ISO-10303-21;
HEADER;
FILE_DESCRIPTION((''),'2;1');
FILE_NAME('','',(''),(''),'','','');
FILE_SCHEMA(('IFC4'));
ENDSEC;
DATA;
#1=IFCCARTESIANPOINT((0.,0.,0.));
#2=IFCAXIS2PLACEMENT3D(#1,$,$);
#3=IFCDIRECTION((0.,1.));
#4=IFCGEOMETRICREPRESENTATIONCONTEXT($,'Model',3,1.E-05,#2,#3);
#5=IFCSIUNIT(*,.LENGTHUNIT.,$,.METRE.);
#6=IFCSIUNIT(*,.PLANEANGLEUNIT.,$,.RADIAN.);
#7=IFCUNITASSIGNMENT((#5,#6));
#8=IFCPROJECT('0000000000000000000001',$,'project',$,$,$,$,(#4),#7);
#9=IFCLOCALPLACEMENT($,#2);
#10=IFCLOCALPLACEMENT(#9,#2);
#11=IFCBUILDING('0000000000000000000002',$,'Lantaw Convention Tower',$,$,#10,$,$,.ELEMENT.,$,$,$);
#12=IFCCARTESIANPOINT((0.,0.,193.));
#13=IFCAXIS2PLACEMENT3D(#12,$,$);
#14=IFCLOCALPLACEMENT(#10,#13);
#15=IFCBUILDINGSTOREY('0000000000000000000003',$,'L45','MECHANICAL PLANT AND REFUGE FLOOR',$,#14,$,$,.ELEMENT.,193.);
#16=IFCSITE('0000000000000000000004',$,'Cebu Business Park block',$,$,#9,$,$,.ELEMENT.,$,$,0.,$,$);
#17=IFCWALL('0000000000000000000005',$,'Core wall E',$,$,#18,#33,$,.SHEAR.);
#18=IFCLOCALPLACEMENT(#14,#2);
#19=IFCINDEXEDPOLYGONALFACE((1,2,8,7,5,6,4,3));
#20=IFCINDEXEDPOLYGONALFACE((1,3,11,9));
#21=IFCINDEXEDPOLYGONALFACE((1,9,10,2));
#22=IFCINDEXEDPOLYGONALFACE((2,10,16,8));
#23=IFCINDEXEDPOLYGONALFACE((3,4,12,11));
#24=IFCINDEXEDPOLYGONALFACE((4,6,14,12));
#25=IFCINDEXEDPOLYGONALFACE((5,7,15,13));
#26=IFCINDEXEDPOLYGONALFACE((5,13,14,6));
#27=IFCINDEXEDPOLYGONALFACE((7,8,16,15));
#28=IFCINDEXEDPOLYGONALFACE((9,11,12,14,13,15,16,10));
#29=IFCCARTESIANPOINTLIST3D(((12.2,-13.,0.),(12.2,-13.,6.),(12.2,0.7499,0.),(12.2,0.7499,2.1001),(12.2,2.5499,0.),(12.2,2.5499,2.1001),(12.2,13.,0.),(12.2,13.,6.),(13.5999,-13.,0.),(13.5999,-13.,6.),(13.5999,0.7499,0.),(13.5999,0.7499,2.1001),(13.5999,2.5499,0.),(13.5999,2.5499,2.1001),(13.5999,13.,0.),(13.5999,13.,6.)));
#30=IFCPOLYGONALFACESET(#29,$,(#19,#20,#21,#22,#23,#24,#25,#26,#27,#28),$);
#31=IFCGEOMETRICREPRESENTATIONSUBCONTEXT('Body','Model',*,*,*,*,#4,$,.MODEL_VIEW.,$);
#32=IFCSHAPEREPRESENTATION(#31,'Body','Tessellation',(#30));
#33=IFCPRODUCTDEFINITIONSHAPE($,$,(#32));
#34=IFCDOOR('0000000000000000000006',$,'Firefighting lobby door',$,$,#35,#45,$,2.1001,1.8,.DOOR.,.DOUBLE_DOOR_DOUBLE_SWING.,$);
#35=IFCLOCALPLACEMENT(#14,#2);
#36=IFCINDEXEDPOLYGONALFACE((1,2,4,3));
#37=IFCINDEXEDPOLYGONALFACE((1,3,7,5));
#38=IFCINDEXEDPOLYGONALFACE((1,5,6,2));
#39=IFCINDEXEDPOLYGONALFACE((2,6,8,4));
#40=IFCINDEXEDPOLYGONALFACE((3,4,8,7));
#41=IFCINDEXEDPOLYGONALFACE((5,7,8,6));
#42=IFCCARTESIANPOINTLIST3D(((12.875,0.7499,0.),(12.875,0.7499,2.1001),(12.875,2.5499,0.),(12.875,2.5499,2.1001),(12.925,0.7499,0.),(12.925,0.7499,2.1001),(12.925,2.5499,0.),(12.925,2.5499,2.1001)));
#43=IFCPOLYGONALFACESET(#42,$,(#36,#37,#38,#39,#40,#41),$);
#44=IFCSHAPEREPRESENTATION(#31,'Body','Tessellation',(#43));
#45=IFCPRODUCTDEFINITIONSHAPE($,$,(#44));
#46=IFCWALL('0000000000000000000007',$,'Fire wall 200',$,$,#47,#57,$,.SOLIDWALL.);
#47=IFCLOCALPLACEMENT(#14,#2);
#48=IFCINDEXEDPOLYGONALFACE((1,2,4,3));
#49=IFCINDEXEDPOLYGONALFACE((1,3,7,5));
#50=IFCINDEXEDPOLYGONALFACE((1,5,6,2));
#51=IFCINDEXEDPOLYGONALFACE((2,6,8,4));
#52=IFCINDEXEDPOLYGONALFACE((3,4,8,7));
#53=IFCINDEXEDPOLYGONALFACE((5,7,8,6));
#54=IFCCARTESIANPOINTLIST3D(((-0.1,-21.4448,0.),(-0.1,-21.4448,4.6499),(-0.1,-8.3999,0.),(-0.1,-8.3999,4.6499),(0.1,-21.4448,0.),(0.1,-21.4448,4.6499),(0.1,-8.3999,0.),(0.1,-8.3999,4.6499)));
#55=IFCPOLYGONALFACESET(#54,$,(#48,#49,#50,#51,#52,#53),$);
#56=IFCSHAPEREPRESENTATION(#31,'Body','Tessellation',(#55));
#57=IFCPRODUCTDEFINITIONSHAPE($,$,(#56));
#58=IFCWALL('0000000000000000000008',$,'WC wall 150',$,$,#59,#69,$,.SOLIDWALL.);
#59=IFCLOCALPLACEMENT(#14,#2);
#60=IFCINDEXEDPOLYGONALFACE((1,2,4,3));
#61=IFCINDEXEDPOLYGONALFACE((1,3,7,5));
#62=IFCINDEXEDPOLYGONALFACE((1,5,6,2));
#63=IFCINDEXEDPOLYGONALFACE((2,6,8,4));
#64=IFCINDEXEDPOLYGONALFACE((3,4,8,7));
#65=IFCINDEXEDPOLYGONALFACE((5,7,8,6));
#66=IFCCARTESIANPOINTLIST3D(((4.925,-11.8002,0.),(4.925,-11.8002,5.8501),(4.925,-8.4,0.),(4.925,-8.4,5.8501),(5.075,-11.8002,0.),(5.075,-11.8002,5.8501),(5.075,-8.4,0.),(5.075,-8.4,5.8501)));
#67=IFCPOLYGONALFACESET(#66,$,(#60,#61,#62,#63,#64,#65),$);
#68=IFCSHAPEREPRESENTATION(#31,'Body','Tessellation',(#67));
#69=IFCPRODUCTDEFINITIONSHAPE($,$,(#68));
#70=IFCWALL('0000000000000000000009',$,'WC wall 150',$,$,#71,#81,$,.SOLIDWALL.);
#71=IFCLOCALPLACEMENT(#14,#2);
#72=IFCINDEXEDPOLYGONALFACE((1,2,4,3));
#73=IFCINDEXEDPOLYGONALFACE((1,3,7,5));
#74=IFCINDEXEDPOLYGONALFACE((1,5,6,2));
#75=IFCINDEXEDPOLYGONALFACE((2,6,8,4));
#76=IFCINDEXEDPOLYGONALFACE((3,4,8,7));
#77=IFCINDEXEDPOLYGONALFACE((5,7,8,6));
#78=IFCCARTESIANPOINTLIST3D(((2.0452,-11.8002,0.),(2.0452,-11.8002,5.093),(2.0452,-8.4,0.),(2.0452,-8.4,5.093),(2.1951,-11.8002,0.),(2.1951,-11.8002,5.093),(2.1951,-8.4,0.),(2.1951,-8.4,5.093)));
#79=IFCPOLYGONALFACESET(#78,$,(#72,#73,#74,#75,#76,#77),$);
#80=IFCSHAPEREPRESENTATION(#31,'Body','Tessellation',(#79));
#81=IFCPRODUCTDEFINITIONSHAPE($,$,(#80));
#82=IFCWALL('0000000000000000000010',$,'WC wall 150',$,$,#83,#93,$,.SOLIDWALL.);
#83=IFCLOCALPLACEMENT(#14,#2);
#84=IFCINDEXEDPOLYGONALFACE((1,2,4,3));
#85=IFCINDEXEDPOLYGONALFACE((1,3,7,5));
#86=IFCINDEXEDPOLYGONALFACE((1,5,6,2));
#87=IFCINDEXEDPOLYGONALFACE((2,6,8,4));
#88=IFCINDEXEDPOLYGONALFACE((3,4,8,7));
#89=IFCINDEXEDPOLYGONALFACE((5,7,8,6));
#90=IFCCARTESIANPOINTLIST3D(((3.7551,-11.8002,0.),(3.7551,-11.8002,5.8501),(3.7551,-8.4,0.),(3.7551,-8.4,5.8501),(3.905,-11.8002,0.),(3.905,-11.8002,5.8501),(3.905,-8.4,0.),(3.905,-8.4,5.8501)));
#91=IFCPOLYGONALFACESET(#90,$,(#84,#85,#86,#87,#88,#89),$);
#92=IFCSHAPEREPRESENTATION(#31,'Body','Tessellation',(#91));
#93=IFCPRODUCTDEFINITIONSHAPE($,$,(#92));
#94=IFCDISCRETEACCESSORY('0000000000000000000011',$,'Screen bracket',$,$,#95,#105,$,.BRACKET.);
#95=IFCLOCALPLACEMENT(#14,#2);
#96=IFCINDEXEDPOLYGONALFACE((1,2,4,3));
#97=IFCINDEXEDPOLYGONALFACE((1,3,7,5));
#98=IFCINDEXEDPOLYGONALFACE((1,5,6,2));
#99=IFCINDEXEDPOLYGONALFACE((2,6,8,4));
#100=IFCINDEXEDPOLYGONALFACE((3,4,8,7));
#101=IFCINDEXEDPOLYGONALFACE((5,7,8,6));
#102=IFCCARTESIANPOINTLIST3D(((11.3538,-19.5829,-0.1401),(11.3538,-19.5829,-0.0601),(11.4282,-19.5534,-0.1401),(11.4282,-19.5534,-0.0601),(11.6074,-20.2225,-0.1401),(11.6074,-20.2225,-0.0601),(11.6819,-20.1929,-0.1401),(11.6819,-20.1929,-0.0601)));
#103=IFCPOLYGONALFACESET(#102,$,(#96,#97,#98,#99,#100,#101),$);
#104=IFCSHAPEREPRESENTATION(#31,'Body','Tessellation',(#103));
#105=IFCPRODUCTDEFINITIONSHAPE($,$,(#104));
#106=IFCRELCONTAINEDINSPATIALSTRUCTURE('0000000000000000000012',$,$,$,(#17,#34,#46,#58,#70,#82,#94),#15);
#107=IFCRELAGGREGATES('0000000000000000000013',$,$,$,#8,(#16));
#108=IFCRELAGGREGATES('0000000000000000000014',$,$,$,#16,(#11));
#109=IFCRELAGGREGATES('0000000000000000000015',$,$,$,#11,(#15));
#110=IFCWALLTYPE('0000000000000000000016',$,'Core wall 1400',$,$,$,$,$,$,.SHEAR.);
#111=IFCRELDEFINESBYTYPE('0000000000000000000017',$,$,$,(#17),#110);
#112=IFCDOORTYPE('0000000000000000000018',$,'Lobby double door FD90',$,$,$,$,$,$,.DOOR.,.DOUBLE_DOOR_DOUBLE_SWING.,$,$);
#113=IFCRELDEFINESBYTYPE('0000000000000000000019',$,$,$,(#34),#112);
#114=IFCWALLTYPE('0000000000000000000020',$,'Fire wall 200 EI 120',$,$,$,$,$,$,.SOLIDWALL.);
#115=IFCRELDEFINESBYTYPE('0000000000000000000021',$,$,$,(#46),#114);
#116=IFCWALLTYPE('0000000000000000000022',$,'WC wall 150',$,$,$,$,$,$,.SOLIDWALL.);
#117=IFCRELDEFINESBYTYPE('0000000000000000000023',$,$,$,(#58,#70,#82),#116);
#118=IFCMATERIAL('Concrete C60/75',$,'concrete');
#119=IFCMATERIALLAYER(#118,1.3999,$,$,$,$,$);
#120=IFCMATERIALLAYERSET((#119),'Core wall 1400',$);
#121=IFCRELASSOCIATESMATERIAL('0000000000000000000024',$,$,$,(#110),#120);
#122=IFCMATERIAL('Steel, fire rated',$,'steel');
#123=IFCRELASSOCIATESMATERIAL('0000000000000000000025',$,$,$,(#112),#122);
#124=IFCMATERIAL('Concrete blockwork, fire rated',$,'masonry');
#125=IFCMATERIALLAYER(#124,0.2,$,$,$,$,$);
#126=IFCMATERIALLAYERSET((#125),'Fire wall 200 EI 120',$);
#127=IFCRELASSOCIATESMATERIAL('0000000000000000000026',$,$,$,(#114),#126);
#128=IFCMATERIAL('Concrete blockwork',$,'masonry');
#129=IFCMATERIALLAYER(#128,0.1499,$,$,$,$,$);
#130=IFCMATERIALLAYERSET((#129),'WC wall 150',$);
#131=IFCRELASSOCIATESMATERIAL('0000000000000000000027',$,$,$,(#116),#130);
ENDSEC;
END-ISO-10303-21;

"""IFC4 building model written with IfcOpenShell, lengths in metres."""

from ifc_helpers import new_model, si_unit, direction, frame, frame_2d, origin, origin_2d, place, context, subcontext, project, spatial, rectangle, extrude, material, layer, layer_set, type_object, element, fill, save


model = new_model("IFC4")

# Units and contexts
model_context = context("Model", 3, precision=1e-05, world=origin(), true_north=direction((0.0, 1.0)))
body_context = subcontext(model_context, "Body", "Model", "MODEL_VIEW")
ifc_project = project(units=[si_unit("LENGTHUNIT", "METRE"), si_unit("PLANEANGLEUNIT", "RADIAN")], contexts=[model_context])

# Site, building, storey
site_placement = place(None, origin())
site = spatial("IfcSite", under=ifc_project, at=site_placement, Name="Cebu Business Park block", CompositionType="ELEMENT", RefElevation=0.0)
building_placement = place(site_placement, origin())
building = spatial("IfcBuilding", under=site, at=building_placement, Name="Lantaw Convention Tower", CompositionType="ELEMENT")
storey_placement = place(building_placement, frame((0.0, 0.0, 193.0)))
storey = spatial("IfcBuildingStorey", under=building, at=storey_placement, Name="L45", Description="MECHANICAL PLANT AND REFUGE FLOOR", CompositionType="ELEMENT", Elevation=193.0)

# Shared definitions
ifc_material_1 = material(Name="Concrete C60/75", Category="concrete")

# Wall, opening, door
ifc_layer_1 = layer(ifc_material_1, 1.3999)
ifc_layer_set_1 = layer_set([ifc_layer_1], Name="Core wall 1400")
wall_type_1 = type_object("IfcWallType", Name="Core wall 1400", PredefinedType="SHEAR", material=ifc_layer_set_1)
wall_1_placement = place(storey_placement, frame((12.8999, -13.0, 0.0), z_axis=(0.0, 0.0, 1.0), x_axis=(0.0, 1.0, 0.0)))
wall_1 = element("IfcWall", 1, at=wall_1_placement, inside=storey, type_object=wall_type_1, Name="Core wall E", PredefinedType="SHEAR", context=body_context, shape_type="SweptSolid", body=[
    extrude(rectangle(XDim=26.0, YDim=1.3999, at=frame_2d((13.0, 0.0))), origin(), (0.0, 0.0, 1.0), 6.0),
])
opening_placement = place(wall_1_placement, frame((13.75, 0.0, 0.0)))
opening = element("IfcOpeningElement", 2, at=opening_placement, cuts=wall_1, PredefinedType="OPENING", context=body_context, shape_type="SweptSolid", body=[
    extrude(rectangle(XDim=1.8, YDim=2.1001, at=frame_2d((0.8999, 1.05))), frame((0.0, 0.71, 0.0), z_axis=(0.0, -1.0, 0.0), x_axis=(1.0, 0.0, 0.0)), (0.0, 0.0, 1.0), 1.4199),
])
ifc_material_2 = material(Name="Steel, fire rated", Category="steel")
door_type = type_object("IfcDoorType", Name="Lobby double door FD90", OperationType="DOUBLE_DOOR_DOUBLE_SWING", PredefinedType="DOOR", material=ifc_material_2)
door_placement = place(opening_placement, origin())
door = element("IfcDoor", 3, at=door_placement, inside=storey, type_object=door_type, Name="Firefighting lobby door", OperationType="DOUBLE_DOOR_DOUBLE_SWING", OverallHeight=2.1001, OverallWidth=1.8, PredefinedType="DOOR", context=body_context, shape_type="SweptSolid", body=[
    extrude(rectangle(XDim=1.8, YDim=2.1001, at=frame_2d((0.8999, 1.05))), frame((0.0, 0.0249, 0.0), z_axis=(0.0, -1.0, 0.0), x_axis=(1.0, 0.0, 0.0)), (0.0, 0.0, 1.0), 0.05),
])
fill(opening, door)

# Walls
ifc_material_3 = material(Name="Concrete blockwork, fire rated", Category="masonry")
ifc_layer_2 = layer(ifc_material_3, 0.2)
ifc_layer_set_2 = layer_set([ifc_layer_2], Name="Fire wall 200 EI 120")
wall_type_2 = type_object("IfcWallType", Name="Fire wall 200 EI 120", PredefinedType="SOLIDWALL", material=ifc_layer_set_2)
wall_2_placement = place(storey_placement, frame((0.0, -8.3999, 0.0), z_axis=(0.0, 0.0, 1.0), x_axis=(0.0, -1.0, 0.0)))
element("IfcWall", 4, at=wall_2_placement, inside=storey, type_object=wall_type_2, Name="Fire wall 200", PredefinedType="SOLIDWALL", context=body_context, shape_type="SweptSolid", body=[
    extrude(rectangle(XDim=13.0449, YDim=0.2, at=frame_2d((6.5225, 0.0))), origin(), (0.0, 0.0, 1.0), 4.6499),
])
ifc_material_4 = material(Name="Concrete blockwork", Category="masonry")
ifc_layer_3 = layer(ifc_material_4, 0.1499)
ifc_layer_set_3 = layer_set([ifc_layer_3], Name="WC wall 150")
wall_type_3 = type_object("IfcWallType", Name="WC wall 150", PredefinedType="SOLIDWALL", material=ifc_layer_set_3)
wall_3_placement = place(storey_placement, frame((5.0, -8.3999, 0.0), z_axis=(0.0, 0.0, 1.0), x_axis=(0.0, -1.0, 0.0)))
element("IfcWall", 5, at=wall_3_placement, inside=storey, type_object=wall_type_3, Name="WC wall 150", PredefinedType="SOLIDWALL", context=body_context, shape_type="SweptSolid", body=[
    extrude(rectangle(XDim=3.4001, YDim=0.1499, at=frame_2d((1.7002, 0.0))), origin(), (0.0, 0.0, 1.0), 5.8501),
])
wall_4_placement = place(storey_placement, frame((2.1201, -8.3999, 0.0), z_axis=(0.0, 0.0, 1.0), x_axis=(0.0, -1.0, 0.0)))
element("IfcWall", 6, at=wall_4_placement, inside=storey, type_object=wall_type_3, Name="WC wall 150", PredefinedType="SOLIDWALL", context=body_context, shape_type="SweptSolid", body=[
    extrude(rectangle(XDim=3.4001, YDim=0.1499, at=frame_2d((1.7002, 0.0))), origin(), (0.0, 0.0, 1.0), 5.093),
])
wall_5_placement = place(storey_placement, frame((3.8301, -8.3999, 0.0), z_axis=(0.0, 0.0, 1.0), x_axis=(0.0, -1.0, 0.0)))
element("IfcWall", 7, at=wall_5_placement, inside=storey, type_object=wall_type_3, Name="WC wall 150", PredefinedType="SOLIDWALL", context=body_context, shape_type="SweptSolid", body=[
    extrude(rectangle(XDim=3.4001, YDim=0.1499, at=frame_2d((1.7002, 0.0))), origin(), (0.0, 0.0, 1.0), 5.8501),
])

# Discrete accessory
discrete_accessory_placement = place(storey_placement, frame((11.5178, -19.8879, -0.1401), z_axis=(0.0, 0.0, 1.0), x_axis=(0.929548, 0.368702, 0.0)))
element("IfcDiscreteAccessory", 8, at=discrete_accessory_placement, inside=storey, Name="Screen bracket", PredefinedType="BRACKET", context=body_context, shape_type="SweptSolid", body=[
    extrude(rectangle(XDim=0.0801, YDim=0.688, at=origin_2d()), origin(), (0.0, 0.0, 1.0), 0.0801),
])

save(model, "model.ifc")
